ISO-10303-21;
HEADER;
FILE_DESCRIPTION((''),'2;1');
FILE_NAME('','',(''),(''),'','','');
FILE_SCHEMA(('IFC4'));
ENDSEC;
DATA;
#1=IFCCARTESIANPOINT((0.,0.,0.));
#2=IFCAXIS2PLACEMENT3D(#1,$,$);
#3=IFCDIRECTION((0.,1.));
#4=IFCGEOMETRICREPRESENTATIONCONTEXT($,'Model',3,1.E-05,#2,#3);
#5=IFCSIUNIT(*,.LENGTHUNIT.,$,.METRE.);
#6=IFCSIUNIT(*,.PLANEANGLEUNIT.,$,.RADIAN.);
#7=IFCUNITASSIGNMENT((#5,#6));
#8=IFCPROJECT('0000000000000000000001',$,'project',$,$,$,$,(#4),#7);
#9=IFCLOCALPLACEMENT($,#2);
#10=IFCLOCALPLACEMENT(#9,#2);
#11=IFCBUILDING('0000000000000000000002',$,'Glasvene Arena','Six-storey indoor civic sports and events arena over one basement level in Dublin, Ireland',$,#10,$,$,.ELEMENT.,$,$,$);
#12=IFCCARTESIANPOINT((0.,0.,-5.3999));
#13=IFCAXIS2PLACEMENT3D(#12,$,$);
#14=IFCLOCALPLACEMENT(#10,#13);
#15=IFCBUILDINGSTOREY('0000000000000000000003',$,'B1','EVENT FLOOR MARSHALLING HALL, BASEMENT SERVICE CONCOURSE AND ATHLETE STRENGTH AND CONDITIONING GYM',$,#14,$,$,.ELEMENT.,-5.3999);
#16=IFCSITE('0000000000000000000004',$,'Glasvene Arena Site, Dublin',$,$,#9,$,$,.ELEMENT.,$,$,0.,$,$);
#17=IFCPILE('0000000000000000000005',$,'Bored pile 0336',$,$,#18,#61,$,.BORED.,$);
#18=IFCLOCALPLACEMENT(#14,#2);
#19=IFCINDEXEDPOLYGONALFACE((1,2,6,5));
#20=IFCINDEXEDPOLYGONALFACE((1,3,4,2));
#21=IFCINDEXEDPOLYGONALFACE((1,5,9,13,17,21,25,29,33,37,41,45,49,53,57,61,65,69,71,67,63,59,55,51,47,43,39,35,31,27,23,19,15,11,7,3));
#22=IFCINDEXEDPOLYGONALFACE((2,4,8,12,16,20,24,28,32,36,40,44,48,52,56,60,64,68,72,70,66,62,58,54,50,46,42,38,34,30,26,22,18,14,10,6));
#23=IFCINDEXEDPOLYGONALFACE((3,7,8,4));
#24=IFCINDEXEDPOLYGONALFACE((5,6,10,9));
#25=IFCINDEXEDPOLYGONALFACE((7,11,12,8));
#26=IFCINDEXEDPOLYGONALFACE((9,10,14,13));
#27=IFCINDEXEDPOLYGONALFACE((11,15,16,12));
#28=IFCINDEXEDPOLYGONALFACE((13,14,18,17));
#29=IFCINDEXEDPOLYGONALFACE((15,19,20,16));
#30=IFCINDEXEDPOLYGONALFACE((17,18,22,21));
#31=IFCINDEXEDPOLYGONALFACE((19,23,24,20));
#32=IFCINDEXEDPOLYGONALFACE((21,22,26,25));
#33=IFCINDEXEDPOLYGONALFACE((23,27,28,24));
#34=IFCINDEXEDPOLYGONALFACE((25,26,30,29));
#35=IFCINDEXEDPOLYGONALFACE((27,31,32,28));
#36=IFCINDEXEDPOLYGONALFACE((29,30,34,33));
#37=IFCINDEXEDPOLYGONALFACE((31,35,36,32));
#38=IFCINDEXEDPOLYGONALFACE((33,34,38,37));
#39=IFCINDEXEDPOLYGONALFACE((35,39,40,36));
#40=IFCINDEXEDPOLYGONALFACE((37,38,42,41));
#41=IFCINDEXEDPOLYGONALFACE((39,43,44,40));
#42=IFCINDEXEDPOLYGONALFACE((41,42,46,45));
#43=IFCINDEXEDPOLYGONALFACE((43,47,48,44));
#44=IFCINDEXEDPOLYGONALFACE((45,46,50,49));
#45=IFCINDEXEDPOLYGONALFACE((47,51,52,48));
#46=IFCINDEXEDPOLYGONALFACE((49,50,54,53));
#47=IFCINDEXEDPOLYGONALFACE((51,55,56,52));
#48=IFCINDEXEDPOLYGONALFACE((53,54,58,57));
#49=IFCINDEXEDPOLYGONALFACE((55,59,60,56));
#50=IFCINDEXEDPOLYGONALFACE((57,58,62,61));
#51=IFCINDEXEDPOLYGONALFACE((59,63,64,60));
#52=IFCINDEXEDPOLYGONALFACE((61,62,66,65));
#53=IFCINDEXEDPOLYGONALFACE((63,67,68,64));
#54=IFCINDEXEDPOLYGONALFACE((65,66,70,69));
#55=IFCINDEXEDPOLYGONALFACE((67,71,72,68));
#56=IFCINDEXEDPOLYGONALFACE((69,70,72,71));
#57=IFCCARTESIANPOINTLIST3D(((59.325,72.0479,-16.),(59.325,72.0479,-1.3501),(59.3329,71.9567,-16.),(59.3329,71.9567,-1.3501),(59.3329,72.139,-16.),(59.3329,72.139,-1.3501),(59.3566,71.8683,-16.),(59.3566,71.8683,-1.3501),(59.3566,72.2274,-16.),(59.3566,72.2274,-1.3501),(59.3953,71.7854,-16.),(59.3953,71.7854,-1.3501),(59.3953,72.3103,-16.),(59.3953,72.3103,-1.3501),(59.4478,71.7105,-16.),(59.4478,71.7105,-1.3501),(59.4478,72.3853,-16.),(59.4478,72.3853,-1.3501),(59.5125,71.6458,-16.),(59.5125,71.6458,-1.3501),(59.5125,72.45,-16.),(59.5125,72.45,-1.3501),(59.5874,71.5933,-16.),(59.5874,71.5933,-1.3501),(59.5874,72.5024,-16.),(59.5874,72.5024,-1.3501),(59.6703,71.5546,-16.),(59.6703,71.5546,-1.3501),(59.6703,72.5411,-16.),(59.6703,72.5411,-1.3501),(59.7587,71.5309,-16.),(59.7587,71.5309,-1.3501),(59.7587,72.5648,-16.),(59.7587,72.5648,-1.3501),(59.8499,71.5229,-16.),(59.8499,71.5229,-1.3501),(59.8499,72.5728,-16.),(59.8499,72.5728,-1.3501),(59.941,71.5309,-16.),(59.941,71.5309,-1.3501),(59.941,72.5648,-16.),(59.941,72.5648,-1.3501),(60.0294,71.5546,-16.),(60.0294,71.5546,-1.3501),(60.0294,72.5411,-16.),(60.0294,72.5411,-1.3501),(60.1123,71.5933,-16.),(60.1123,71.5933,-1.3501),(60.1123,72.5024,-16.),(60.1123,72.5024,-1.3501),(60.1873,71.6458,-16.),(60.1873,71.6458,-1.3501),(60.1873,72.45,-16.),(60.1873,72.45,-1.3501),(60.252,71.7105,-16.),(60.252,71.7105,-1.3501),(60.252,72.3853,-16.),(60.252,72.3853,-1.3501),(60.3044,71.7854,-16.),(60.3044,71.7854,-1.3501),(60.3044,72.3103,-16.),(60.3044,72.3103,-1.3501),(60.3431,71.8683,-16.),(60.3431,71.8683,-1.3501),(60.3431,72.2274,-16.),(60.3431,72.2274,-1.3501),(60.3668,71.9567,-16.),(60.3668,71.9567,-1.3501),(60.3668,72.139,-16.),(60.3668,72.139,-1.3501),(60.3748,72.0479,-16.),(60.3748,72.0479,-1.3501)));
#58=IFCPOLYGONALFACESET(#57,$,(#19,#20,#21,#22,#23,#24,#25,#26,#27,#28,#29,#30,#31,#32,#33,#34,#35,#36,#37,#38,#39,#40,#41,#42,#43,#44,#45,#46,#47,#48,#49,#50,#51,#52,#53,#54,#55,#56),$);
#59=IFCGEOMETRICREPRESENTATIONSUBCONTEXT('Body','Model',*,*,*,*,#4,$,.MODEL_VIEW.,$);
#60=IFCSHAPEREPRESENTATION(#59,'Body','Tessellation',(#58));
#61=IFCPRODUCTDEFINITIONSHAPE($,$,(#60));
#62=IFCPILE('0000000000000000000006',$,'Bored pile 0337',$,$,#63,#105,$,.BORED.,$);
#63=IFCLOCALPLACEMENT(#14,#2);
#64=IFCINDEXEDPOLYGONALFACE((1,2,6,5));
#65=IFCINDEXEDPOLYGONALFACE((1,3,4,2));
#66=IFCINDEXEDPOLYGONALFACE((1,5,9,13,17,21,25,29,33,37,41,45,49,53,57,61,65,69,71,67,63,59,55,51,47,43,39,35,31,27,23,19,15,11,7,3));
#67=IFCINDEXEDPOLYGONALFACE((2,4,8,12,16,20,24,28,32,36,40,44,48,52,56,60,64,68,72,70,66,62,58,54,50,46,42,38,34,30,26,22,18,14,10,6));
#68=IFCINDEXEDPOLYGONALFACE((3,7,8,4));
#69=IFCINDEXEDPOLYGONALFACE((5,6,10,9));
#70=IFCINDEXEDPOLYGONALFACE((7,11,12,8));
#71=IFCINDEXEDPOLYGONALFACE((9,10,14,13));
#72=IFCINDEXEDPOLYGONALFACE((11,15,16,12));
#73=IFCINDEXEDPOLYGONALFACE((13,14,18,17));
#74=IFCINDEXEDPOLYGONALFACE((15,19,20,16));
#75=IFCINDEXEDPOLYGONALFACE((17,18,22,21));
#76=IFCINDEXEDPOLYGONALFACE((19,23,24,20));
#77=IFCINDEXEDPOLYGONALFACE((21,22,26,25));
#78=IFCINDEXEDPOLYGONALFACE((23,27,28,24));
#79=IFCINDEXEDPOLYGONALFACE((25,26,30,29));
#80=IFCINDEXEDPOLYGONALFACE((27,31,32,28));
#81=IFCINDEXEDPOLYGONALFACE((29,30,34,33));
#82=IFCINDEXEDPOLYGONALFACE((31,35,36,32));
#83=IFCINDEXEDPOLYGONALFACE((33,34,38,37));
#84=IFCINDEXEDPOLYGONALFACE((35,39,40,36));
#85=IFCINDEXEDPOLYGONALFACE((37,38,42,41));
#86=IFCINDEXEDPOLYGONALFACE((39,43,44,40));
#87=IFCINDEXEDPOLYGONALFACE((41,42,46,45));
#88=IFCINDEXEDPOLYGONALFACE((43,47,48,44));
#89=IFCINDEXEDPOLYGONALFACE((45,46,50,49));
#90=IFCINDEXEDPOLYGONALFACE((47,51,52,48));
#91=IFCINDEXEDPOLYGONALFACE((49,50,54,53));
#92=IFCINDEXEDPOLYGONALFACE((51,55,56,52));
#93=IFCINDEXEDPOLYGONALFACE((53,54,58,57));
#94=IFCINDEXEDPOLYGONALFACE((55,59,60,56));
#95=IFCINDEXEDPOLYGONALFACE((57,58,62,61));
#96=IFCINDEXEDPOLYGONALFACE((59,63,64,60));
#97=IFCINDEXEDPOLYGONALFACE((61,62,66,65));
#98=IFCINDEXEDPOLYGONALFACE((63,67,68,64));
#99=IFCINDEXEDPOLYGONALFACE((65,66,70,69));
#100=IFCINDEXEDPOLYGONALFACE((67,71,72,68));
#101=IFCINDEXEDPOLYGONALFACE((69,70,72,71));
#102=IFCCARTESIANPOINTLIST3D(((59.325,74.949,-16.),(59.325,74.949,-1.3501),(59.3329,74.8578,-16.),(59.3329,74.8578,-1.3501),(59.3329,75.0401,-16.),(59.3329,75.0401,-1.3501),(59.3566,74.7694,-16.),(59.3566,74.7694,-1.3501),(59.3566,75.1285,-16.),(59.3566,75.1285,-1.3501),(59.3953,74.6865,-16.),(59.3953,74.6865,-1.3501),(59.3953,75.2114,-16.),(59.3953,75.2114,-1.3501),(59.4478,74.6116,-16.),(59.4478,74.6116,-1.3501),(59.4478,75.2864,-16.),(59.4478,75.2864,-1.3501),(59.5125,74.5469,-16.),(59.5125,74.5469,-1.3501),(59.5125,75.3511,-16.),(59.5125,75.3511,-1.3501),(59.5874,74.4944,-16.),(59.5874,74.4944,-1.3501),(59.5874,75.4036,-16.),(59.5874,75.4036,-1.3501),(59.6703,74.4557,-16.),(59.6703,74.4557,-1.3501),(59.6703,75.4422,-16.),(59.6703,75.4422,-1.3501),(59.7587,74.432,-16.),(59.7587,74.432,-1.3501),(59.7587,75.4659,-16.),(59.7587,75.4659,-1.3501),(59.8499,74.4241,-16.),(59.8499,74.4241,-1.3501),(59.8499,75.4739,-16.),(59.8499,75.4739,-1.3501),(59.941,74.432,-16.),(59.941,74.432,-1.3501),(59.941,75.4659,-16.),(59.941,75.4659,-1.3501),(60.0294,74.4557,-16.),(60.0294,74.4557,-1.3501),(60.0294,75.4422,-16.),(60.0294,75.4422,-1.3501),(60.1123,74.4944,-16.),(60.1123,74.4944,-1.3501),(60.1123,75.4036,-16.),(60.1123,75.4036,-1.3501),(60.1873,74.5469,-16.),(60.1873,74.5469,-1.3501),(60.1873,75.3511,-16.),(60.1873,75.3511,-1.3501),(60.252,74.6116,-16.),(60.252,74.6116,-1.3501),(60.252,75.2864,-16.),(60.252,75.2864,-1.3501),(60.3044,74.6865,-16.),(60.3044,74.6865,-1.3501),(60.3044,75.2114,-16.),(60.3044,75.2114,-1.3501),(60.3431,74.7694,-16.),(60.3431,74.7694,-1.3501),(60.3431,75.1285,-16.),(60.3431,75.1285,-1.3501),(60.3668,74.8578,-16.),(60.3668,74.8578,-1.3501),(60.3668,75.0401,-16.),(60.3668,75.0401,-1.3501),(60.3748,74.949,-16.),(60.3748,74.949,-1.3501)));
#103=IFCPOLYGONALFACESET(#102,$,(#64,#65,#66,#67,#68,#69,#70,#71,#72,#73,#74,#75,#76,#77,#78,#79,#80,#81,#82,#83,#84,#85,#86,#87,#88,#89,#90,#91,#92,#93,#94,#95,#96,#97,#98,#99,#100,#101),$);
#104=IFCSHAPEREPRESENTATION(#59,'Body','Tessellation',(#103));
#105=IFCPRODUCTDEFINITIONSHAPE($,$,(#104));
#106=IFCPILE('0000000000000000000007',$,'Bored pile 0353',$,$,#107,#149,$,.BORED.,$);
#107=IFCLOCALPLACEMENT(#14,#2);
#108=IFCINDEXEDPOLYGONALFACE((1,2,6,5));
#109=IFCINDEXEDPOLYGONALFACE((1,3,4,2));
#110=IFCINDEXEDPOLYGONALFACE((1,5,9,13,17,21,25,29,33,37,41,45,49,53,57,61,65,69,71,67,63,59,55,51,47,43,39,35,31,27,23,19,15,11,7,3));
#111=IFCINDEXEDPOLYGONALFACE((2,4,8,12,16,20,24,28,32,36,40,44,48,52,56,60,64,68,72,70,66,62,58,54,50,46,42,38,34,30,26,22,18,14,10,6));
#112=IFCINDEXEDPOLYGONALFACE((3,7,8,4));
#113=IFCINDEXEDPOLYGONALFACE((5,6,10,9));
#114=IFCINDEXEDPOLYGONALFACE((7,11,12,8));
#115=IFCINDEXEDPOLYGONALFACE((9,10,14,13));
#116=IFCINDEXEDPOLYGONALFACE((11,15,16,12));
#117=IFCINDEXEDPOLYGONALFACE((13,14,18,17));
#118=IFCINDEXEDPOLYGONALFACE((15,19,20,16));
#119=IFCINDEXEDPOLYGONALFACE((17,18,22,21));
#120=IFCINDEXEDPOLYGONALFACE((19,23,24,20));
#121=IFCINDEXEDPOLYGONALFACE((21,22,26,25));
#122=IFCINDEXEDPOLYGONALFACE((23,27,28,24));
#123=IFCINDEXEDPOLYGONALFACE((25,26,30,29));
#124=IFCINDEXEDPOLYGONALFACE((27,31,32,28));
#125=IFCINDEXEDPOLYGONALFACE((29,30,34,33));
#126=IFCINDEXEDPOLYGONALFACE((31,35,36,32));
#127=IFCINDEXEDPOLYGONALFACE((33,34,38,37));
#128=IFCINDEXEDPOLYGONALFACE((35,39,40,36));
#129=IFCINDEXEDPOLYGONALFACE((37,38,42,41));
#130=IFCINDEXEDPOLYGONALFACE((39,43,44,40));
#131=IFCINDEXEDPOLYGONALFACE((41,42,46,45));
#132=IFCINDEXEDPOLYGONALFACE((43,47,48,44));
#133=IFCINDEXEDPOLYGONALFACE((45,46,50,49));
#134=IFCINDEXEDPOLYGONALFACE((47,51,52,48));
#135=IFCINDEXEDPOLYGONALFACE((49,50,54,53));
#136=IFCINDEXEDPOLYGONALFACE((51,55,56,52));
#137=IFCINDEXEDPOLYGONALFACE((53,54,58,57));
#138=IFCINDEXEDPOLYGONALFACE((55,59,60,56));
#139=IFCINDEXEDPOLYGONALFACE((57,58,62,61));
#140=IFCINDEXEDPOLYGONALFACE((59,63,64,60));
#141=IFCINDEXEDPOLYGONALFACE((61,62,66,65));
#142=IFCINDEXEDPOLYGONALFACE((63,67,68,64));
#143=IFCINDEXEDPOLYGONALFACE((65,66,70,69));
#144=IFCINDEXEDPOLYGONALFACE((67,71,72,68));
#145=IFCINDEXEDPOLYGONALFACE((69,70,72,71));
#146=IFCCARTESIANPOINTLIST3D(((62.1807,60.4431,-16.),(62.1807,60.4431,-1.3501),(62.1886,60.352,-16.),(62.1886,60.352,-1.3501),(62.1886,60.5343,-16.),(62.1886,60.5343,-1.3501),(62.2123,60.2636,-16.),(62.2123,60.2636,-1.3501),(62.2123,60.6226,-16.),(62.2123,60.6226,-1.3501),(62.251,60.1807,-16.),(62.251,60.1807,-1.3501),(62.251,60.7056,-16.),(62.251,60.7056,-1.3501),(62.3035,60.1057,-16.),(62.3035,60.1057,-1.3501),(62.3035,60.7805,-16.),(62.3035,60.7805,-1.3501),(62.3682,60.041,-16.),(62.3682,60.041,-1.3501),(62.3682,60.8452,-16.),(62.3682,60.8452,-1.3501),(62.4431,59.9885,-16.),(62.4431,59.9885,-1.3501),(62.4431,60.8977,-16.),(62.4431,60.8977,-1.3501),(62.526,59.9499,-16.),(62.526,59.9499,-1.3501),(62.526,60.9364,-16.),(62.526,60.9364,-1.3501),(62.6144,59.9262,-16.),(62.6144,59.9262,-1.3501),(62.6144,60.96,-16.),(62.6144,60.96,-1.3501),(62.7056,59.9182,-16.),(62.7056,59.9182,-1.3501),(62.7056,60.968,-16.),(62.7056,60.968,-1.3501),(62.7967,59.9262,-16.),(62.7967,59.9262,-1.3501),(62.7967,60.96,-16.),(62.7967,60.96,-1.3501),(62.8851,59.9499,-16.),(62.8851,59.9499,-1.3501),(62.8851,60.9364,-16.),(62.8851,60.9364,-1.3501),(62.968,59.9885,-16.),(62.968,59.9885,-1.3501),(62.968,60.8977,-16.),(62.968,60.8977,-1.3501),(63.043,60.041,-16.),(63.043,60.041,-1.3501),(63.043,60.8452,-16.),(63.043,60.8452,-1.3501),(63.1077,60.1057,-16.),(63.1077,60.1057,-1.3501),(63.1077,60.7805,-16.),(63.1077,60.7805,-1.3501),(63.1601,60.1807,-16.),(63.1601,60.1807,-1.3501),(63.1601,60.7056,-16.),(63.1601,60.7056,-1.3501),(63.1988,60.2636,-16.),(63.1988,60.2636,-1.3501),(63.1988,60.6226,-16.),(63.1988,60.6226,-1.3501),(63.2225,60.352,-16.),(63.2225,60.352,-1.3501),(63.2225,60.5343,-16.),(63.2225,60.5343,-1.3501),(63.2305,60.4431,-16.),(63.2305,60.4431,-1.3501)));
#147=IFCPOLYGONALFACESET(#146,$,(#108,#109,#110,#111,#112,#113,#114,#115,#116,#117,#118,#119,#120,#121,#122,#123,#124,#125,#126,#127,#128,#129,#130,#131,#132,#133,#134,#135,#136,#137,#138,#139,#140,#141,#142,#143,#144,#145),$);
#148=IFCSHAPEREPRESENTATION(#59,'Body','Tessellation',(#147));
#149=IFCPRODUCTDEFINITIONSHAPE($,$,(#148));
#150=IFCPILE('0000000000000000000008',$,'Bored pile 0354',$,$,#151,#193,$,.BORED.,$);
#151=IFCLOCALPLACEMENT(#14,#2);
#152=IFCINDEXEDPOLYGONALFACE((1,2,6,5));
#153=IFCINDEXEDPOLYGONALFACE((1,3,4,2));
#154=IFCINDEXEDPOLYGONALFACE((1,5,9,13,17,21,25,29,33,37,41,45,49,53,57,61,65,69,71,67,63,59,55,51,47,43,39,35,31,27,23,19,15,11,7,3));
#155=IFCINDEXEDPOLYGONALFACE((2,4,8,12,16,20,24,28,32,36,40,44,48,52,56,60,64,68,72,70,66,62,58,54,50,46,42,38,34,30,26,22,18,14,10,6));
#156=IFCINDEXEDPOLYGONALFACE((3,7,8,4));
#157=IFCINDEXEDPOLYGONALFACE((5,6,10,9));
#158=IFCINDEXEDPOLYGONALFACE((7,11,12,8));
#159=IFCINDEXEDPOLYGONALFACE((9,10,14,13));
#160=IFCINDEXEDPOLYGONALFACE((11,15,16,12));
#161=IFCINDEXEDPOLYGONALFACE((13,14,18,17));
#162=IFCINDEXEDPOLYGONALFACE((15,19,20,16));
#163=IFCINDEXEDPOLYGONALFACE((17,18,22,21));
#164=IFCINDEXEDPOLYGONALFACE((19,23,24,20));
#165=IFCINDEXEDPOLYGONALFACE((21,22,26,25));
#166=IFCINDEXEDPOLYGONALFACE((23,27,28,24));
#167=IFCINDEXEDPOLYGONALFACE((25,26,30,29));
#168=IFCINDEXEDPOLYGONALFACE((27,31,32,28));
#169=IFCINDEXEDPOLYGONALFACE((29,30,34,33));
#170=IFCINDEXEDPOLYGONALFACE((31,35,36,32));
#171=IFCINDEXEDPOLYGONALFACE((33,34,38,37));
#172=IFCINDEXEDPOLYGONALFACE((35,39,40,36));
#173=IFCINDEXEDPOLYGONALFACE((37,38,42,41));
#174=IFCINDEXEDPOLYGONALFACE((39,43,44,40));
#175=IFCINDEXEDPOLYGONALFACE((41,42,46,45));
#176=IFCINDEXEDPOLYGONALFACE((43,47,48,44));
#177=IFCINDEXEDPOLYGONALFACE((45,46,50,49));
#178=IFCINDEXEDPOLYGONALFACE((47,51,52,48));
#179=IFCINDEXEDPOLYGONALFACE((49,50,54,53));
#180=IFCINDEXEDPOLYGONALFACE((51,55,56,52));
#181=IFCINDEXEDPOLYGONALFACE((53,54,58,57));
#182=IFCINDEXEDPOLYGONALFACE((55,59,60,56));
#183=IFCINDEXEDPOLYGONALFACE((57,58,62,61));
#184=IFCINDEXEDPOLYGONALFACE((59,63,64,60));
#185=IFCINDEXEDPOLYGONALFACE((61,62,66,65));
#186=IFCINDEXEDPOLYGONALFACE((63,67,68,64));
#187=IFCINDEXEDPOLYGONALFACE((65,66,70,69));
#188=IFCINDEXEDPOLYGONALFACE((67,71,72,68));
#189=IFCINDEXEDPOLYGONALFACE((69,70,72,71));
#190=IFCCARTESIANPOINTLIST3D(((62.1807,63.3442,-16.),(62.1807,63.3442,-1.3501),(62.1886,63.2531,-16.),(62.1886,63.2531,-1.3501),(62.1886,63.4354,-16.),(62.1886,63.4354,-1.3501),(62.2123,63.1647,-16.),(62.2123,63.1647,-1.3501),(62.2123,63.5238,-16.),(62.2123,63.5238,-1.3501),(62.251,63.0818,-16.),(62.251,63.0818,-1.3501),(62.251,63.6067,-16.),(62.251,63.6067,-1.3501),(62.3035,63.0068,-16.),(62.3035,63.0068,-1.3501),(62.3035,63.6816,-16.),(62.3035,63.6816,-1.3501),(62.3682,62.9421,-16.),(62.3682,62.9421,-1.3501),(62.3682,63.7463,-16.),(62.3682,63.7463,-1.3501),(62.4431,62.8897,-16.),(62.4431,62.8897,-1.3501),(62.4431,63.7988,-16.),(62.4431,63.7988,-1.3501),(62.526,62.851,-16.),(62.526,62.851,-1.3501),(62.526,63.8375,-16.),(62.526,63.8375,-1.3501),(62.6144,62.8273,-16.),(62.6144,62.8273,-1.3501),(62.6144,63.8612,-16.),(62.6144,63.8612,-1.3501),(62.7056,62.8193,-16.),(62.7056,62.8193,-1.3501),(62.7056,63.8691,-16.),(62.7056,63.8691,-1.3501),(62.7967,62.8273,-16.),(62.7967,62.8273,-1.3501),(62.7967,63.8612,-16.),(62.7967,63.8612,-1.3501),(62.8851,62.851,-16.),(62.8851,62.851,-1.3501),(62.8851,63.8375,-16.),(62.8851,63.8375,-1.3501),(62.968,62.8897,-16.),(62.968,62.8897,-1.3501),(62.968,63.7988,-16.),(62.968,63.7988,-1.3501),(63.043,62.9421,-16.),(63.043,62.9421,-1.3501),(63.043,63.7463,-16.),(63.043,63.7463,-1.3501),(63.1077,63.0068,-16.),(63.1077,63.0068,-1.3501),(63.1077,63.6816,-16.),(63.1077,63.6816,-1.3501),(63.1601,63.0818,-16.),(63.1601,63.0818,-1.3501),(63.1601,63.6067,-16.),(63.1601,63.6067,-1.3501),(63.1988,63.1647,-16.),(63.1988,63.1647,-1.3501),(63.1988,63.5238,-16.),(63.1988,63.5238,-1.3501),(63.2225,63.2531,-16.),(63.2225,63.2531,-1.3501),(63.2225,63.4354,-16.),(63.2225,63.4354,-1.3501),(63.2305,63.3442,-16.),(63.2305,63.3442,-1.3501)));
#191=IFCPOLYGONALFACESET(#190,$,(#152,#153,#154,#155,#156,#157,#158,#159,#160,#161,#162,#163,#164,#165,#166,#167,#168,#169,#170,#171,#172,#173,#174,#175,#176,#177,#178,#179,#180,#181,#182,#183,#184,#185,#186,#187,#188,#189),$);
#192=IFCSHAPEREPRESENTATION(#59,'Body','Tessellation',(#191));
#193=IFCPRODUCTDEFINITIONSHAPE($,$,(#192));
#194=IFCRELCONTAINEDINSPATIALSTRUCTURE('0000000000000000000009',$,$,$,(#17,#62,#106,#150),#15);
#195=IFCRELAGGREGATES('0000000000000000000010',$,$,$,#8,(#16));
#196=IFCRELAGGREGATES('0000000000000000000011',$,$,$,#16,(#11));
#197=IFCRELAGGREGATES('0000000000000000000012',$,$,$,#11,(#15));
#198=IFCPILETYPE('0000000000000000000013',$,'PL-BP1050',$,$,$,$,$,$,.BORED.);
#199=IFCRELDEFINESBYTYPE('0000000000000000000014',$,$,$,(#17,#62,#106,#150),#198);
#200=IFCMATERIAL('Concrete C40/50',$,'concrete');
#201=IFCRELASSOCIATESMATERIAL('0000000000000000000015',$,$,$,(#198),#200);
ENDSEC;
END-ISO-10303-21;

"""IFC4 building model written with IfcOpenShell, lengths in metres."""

from ifc_helpers import new_model, si_unit, direction, frame, origin, origin_2d, place, context, subcontext, project, spatial, circle, extrude, material, material_profile, profile_set, type_object, element, save


model = new_model("IFC4")

# Units and contexts
model_context = context("Model", 3, precision=1e-05, world=origin(), true_north=direction((0.0, 1.0)))
body_context = subcontext(model_context, "Body", "Model", "MODEL_VIEW")
ifc_project = project(units=[si_unit("LENGTHUNIT", "METRE"), si_unit("PLANEANGLEUNIT", "RADIAN")], contexts=[model_context])

# Site, building, storey
site_placement = place(None, origin())
site = spatial("IfcSite", under=ifc_project, at=site_placement, Name="Glasvene Arena Site, Dublin", CompositionType="ELEMENT", RefElevation=0.0)
building_placement = place(site_placement, origin())
building = spatial("IfcBuilding", under=site, at=building_placement, Name="Glasvene Arena", Description="Six-storey indoor civic sports and events arena over one basement level in Dublin, Ireland", CompositionType="ELEMENT")
storey_placement = place(building_placement, frame((0.0, 0.0, -5.3999)))
storey = spatial("IfcBuildingStorey", under=building, at=storey_placement, Name="B1", Description="EVENT FLOOR MARSHALLING HALL, BASEMENT SERVICE CONCOURSE AND ATHLETE STRENGTH AND CONDITIONING GYM", CompositionType="ELEMENT", Elevation=-5.3999)

# Piles
ifc_material_1 = material(Name="Concrete C40/50", Category="concrete")
ifc_material_profile_1 = material_profile(ifc_material_1, circle(Radius=0.5249, at=origin_2d()), Name="BORED PILE 1050")
ifc_profile_set_1 = profile_set([ifc_material_profile_1], Name="Concrete C40/50")
pile_type = type_object("IfcPileType", Name="PL-BP1050", PredefinedType="BORED", material=ifc_profile_set_1)
for number, where, z_axis, x_axis, name in (
    (1, (59.8499, 72.0479, -1.3501), (0.0, 0.0, -1.0), (1.0, 0.0, 0.0), "Bored pile 0336"),
    (2, (59.8499, 74.949, -1.3501), (0.0, 0.0, -1.0), (1.0, 0.0, 0.0), "Bored pile 0337"),
    (3, (62.7056, 60.4431, -1.3501), (0.0, 0.0, -1.0), (1.0, 0.0, 0.0), "Bored pile 0353"),
    (4, (62.7056, 63.3442, -1.3501), (0.0, 0.0, -1.0), (1.0, 0.0, 0.0), "Bored pile 0354"),
):
    element("IfcPile", number, at=place(storey_placement, frame(where, z_axis=z_axis, x_axis=x_axis)), inside=storey, type_object=pile_type, Name=name, PredefinedType="BORED", context=body_context, shape_type="SweptSolid", body=[
        extrude(circle(Radius=0.5249, at=origin_2d()), origin(), (0.0, 0.0, 1.0), 14.6499),
    ])

save(model, "model.ifc")
